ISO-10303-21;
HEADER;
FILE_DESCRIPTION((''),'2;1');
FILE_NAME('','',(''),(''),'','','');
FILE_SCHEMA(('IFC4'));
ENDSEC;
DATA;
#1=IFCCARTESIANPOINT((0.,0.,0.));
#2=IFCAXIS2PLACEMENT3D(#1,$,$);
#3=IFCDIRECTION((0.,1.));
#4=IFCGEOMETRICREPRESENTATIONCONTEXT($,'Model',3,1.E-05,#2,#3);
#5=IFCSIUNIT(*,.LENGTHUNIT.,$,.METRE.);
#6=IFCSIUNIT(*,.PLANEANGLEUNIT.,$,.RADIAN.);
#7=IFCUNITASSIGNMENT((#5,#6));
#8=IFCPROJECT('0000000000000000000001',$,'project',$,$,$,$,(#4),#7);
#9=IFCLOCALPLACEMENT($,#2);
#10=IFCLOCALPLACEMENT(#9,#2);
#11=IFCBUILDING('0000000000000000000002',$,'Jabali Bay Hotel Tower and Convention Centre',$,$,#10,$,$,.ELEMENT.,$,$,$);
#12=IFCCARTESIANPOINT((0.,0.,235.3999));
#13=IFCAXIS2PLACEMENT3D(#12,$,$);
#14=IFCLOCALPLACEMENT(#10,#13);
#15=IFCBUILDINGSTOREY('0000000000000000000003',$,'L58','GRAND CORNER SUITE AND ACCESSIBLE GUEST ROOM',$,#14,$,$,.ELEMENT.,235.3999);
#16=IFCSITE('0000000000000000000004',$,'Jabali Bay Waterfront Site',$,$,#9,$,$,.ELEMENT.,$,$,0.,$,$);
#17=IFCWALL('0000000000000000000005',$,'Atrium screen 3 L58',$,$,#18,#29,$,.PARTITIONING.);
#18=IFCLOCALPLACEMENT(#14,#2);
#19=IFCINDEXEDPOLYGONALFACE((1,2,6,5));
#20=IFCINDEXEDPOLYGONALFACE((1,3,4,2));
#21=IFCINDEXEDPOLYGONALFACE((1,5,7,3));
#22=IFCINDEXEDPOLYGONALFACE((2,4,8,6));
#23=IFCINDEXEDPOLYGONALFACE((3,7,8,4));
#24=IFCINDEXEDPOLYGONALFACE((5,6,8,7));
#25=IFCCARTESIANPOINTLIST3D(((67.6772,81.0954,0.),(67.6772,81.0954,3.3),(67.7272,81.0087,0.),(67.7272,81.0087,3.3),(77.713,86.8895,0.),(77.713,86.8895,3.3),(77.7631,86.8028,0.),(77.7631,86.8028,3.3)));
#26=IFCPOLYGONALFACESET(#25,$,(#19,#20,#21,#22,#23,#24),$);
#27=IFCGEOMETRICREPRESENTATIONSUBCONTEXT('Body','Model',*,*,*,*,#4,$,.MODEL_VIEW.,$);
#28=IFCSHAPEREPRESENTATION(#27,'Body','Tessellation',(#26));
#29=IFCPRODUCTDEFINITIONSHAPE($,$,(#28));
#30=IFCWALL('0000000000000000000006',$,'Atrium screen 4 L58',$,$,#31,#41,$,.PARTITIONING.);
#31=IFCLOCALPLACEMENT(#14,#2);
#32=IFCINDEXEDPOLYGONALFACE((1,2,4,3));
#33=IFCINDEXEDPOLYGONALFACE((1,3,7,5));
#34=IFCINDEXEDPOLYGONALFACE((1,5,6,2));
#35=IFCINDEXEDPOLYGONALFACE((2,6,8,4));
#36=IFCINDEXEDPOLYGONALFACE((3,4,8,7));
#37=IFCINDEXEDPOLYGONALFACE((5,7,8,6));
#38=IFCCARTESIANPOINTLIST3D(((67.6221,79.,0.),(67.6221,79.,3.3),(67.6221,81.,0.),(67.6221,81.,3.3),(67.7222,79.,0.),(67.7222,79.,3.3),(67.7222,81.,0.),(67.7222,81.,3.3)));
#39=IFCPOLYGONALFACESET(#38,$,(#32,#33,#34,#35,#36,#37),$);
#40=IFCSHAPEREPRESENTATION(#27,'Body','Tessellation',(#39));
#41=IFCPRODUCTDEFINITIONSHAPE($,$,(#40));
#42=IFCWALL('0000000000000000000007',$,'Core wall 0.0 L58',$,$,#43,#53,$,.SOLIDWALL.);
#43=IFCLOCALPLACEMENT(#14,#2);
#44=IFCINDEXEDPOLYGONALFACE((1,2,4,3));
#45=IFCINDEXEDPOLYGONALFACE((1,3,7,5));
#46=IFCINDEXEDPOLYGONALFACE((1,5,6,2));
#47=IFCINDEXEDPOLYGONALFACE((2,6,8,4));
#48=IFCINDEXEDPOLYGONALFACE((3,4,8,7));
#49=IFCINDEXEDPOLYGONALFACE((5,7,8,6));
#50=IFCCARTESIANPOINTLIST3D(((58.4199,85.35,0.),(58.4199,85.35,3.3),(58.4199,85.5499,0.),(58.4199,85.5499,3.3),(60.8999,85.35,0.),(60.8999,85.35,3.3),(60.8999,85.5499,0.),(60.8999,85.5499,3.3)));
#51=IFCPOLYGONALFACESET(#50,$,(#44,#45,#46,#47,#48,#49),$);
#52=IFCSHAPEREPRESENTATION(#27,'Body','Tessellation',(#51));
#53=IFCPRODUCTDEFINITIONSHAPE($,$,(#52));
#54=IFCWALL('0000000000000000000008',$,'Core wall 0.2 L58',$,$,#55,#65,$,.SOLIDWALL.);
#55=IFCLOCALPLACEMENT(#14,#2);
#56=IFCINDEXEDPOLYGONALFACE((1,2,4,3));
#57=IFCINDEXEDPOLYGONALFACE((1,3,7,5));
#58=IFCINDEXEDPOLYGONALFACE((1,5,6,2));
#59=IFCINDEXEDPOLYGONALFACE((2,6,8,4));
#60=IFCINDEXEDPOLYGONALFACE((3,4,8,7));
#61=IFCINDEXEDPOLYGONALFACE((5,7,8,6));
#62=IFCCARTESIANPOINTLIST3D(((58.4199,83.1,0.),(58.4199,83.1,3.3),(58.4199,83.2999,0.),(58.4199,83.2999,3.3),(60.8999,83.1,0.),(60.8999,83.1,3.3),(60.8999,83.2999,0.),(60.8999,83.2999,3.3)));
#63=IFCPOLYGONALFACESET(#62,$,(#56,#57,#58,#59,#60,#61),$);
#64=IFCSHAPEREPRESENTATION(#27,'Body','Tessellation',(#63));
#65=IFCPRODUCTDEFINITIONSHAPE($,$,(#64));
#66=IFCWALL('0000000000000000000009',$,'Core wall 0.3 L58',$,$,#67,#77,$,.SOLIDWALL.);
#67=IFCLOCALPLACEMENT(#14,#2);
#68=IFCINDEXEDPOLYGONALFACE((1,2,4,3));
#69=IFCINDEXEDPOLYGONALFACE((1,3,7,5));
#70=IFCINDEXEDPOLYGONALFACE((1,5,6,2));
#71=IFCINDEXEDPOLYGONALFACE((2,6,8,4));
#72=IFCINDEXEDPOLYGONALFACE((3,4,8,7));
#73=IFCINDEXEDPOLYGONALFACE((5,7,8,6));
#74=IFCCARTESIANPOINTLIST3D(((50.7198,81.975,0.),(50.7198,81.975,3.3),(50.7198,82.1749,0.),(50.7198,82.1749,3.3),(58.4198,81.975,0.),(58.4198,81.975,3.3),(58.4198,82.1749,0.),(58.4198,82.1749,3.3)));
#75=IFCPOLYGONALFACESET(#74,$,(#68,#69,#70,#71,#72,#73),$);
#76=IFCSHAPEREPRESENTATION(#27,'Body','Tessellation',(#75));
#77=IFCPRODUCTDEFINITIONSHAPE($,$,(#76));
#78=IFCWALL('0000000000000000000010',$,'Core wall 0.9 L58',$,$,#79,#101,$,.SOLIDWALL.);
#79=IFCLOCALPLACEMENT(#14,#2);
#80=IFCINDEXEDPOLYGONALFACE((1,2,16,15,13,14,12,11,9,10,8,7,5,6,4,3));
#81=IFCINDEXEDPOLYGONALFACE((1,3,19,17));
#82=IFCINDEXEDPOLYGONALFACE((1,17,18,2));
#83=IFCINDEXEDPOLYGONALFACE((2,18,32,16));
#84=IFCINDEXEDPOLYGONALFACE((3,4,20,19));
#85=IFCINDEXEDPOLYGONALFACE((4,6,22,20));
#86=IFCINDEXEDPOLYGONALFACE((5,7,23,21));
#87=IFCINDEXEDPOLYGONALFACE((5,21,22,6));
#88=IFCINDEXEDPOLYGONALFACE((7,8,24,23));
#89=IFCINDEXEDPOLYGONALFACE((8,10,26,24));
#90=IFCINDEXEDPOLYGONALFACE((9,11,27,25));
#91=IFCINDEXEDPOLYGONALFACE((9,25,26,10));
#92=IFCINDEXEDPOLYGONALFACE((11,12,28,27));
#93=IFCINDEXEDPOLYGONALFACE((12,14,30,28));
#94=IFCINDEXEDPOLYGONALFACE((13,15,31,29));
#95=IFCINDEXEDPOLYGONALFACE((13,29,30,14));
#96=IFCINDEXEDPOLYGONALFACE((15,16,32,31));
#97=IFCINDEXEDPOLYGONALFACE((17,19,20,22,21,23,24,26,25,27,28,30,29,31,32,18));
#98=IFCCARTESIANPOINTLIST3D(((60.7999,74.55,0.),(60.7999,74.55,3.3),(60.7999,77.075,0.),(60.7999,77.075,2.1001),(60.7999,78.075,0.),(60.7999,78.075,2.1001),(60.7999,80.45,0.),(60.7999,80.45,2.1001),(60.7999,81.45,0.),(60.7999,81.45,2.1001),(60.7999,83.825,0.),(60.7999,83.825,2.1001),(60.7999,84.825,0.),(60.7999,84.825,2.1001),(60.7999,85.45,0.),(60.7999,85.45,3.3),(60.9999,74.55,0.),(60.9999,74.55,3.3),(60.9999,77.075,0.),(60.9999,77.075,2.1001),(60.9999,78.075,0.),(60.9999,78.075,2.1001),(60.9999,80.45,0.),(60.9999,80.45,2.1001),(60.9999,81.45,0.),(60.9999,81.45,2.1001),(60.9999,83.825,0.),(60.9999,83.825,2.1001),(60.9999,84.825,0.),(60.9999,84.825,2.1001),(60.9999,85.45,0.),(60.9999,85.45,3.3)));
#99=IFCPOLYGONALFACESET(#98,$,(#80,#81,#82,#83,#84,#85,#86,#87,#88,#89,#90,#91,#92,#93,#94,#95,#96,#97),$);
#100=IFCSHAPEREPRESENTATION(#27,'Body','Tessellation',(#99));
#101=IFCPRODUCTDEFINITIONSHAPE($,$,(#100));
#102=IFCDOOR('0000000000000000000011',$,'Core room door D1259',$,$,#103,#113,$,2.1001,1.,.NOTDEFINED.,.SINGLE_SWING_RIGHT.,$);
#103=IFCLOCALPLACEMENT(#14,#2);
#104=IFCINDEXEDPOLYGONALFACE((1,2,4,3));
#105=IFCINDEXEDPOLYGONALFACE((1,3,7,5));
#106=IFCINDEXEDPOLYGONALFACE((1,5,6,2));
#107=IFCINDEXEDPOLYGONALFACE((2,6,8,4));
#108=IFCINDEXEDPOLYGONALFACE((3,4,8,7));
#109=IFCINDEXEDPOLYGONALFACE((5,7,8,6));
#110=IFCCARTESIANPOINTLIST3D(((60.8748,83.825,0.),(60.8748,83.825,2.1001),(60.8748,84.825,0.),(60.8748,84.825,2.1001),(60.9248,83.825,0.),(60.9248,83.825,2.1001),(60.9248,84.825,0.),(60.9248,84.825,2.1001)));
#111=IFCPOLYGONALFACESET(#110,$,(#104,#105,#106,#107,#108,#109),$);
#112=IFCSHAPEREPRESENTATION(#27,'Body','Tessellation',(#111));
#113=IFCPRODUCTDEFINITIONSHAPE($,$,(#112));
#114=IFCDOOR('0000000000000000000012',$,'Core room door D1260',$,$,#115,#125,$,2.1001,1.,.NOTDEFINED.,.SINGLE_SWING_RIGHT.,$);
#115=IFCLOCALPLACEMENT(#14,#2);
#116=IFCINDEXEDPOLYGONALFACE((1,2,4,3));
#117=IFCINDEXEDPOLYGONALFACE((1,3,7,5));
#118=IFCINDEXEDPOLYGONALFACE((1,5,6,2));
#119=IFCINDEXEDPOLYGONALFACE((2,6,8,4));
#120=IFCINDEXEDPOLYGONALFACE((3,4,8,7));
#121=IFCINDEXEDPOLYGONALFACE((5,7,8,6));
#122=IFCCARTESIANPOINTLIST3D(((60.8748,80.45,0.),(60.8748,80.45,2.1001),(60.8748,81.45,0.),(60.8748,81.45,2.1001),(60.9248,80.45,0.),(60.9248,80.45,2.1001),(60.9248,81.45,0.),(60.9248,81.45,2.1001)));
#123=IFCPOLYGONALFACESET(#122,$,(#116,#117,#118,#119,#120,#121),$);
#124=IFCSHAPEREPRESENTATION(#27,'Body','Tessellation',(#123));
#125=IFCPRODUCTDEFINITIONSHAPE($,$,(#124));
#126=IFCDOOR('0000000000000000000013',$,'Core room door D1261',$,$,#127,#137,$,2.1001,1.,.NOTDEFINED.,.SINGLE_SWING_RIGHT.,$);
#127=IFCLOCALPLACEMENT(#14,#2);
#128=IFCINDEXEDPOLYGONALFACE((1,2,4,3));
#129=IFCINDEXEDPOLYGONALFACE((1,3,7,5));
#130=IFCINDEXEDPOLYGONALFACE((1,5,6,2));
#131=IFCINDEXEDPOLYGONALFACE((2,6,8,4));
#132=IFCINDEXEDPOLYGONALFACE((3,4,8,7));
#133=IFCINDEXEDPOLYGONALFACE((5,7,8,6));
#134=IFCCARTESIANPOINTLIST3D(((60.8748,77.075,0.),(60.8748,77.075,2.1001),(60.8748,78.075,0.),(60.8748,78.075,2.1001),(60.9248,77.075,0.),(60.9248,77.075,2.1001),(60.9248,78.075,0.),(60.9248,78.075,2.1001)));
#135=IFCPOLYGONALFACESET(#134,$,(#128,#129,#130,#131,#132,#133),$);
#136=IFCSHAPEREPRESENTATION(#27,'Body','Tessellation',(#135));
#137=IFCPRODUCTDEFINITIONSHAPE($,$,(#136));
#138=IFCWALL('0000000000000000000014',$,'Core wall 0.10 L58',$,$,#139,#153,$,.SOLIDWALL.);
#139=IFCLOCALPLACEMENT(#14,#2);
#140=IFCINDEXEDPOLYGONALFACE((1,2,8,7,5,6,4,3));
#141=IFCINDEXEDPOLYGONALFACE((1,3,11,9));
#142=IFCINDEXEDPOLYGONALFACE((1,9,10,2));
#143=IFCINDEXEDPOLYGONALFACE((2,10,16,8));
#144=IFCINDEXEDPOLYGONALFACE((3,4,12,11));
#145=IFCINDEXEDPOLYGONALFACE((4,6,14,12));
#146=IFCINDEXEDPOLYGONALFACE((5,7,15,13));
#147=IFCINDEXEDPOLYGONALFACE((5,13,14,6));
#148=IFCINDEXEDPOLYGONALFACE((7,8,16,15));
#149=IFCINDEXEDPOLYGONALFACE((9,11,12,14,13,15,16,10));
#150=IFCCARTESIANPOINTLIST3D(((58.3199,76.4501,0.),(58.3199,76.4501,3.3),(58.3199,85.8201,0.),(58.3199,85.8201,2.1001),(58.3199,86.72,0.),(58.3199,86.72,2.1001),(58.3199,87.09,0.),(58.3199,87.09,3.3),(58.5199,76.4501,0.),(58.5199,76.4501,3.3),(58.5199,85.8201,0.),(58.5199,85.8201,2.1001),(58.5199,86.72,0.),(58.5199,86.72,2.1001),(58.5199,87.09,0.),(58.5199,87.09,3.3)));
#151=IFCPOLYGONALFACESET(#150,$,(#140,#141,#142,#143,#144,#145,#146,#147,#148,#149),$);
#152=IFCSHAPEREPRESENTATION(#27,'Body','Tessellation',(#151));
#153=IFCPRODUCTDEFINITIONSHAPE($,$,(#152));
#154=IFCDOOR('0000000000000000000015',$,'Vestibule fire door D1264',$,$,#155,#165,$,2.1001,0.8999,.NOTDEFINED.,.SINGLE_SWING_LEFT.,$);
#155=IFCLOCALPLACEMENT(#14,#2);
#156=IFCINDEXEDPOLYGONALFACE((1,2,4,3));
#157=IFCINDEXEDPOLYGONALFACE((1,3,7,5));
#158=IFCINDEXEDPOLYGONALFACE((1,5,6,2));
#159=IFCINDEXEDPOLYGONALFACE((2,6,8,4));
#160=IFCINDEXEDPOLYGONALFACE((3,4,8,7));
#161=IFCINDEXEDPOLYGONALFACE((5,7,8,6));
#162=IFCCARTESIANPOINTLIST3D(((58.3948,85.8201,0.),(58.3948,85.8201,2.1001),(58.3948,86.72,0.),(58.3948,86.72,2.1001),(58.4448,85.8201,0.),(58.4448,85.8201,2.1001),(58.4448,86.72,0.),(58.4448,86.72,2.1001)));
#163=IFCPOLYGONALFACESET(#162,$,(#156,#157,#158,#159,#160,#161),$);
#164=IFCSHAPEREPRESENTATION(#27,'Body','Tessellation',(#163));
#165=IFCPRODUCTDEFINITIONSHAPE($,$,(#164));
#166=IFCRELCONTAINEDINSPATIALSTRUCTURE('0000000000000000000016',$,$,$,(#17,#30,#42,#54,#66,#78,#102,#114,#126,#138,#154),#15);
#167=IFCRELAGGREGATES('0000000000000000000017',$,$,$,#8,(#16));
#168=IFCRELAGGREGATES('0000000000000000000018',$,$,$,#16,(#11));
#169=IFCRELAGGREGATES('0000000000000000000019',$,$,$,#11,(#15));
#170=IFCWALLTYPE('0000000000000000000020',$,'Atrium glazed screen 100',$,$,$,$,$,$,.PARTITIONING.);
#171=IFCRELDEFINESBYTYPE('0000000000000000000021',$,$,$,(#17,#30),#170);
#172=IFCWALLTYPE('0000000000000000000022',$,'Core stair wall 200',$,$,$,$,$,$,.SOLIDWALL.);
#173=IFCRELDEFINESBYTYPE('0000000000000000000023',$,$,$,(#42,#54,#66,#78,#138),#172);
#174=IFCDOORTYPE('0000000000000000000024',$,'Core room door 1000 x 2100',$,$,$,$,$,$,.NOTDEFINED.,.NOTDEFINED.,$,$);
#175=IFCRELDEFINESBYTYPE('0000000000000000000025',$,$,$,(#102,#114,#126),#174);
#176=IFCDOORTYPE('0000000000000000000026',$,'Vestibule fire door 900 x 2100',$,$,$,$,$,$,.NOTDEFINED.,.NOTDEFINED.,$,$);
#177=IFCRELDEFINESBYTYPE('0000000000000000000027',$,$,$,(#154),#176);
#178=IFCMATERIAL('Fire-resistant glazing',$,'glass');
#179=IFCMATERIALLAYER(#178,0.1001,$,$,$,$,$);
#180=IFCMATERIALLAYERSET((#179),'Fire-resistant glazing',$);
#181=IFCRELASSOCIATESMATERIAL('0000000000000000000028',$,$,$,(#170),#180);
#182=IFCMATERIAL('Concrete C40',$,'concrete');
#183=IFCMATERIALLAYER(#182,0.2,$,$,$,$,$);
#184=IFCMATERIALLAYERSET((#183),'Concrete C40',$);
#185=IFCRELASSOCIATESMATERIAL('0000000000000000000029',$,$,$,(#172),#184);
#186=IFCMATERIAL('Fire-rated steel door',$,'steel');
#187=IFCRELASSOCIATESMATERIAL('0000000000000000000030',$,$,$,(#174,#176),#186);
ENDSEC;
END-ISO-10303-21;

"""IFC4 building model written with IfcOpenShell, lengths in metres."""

from ifc_helpers import new_model, si_unit, direction, frame, frame_2d, origin, place, context, subcontext, project, spatial, rectangle, extrude, material, layer, layer_set, type_object, element, fill, save


model = new_model("IFC4")

# Units and contexts
model_context = context("Model", 3, precision=1e-05, world=origin(), true_north=direction((0.0, 1.0)))
body_context = subcontext(model_context, "Body", "Model", "MODEL_VIEW")
ifc_project = project(units=[si_unit("LENGTHUNIT", "METRE"), si_unit("PLANEANGLEUNIT", "RADIAN")], contexts=[model_context])

# Site, building, storey
site_placement = place(None, origin())
site = spatial("IfcSite", under=ifc_project, at=site_placement, Name="Jabali Bay Waterfront Site", CompositionType="ELEMENT", RefElevation=0.0)
building_placement = place(site_placement, origin())
building = spatial("IfcBuilding", under=site, at=building_placement, Name="Jabali Bay Hotel Tower and Convention Centre", CompositionType="ELEMENT")
storey_placement = place(building_placement, frame((0.0, 0.0, 235.3999)))
storey = spatial("IfcBuildingStorey", under=building, at=storey_placement, Name="L58", Description="GRAND CORNER SUITE AND ACCESSIBLE GUEST ROOM", CompositionType="ELEMENT", Elevation=235.3999)

# Walls
ifc_material_1 = material(Name="Fire-resistant glazing", Category="glass")
ifc_layer_1 = layer(ifc_material_1, 0.1001)
ifc_layer_set_1 = layer_set([ifc_layer_1], Name="Fire-resistant glazing")
wall_type_1 = type_object("IfcWallType", Name="Atrium glazed screen 100", PredefinedType="PARTITIONING", material=ifc_layer_set_1)
wall_1_placement = place(storey_placement, frame((77.738, 86.8462, 0.0), z_axis=(0.0, 0.0, 1.0), x_axis=(-0.866027, -0.499998, 0.0)))
element("IfcWall", 1, at=wall_1_placement, inside=storey, type_object=wall_type_1, Name="Atrium screen 3 L58", PredefinedType="PARTITIONING", context=body_context, shape_type="SweptSolid", body=[
    extrude(rectangle(XDim=11.5884, YDim=0.1001, at=frame_2d((5.7942, 0.0))), origin(), (0.0, 0.0, 1.0), 3.3),
])
wall_2_placement = place(storey_placement, frame((67.6721, 81.0, 0.0), z_axis=(0.0, 0.0, 1.0), x_axis=(0.0, -1.0, 0.0)))
element("IfcWall", 2, at=wall_2_placement, inside=storey, type_object=wall_type_1, Name="Atrium screen 4 L58", PredefinedType="PARTITIONING", context=body_context, shape_type="SweptSolid", body=[
    extrude(rectangle(XDim=2.0, YDim=0.1001, at=frame_2d((1.0, 0.0))), origin(), (0.0, 0.0, 1.0), 3.3),
])
ifc_material_2 = material(Name="Concrete C40", Category="concrete")
ifc_layer_2 = layer(ifc_material_2, 0.2)
ifc_layer_set_2 = layer_set([ifc_layer_2], Name="Concrete C40")
wall_type_2 = type_object("IfcWallType", Name="Core stair wall 200", PredefinedType="SOLIDWALL", material=ifc_layer_set_2)
for number, where, z_axis, x_axis, name in (
    (3, (60.8999, 85.45, 0.0), (0.0, 0.0, 1.0), (-1.0, 0.0, 0.0), "Core wall 0.0 L58"),
    (4, (60.8999, 83.2, 0.0), (0.0, 0.0, 1.0), (-1.0, 0.0, 0.0), "Core wall 0.2 L58"),
):
    element("IfcWall", number, at=place(storey_placement, frame(where, z_axis=z_axis, x_axis=x_axis)), inside=storey, type_object=wall_type_2, Name=name, PredefinedType="SOLIDWALL", context=body_context, shape_type="SweptSolid", body=[
        extrude(rectangle(XDim=2.48, YDim=0.2, at=frame_2d((1.24, 0.0))), origin(), (0.0, 0.0, 1.0), 3.3),
    ])
wall_3_placement = place(storey_placement, frame((58.4199, 82.075, 0.0), z_axis=(0.0, 0.0, 1.0), x_axis=(-1.0, 0.0, 0.0)))
element("IfcWall", 5, at=wall_3_placement, inside=storey, type_object=wall_type_2, Name="Core wall 0.3 L58", PredefinedType="SOLIDWALL", context=body_context, shape_type="SweptSolid", body=[
    extrude(rectangle(XDim=7.7, YDim=0.2, at=frame_2d((3.8501, 0.0))), origin(), (0.0, 0.0, 1.0), 3.3),
])

# Wall, openings, doors
wall_4_placement = place(storey_placement, frame((60.8999, 85.45, 0.0), z_axis=(0.0, 0.0, 1.0), x_axis=(0.0, -1.0, 0.0)))
wall_4 = element("IfcWall", 6, at=wall_4_placement, inside=storey, type_object=wall_type_2, Name="Core wall 0.9 L58", PredefinedType="SOLIDWALL", context=body_context, shape_type="SweptSolid", body=[
    extrude(rectangle(XDim=10.8999, YDim=0.2, at=frame_2d((5.45, 0.0))), origin(), (0.0, 0.0, 1.0), 3.3),
])
opening_1_placement = place(wall_4_placement, frame((0.625, 0.0, 0.0)))
opening_1 = element("IfcOpeningElement", 7, at=opening_1_placement, cuts=wall_4, PredefinedType="OPENING", context=body_context, shape_type="SweptSolid", body=[
    extrude(rectangle(XDim=1.0, YDim=2.1001, at=frame_2d((0.5, 1.05))), frame((0.0, 0.1104, 0.0), z_axis=(0.0, -1.0, 0.0), x_axis=(1.0, 0.0, 0.0)), (0.0, 0.0, 1.0), 0.2209),
])
opening_2_placement = place(wall_4_placement, frame((4.0, 0.0, 0.0)))
opening_2 = element("IfcOpeningElement", 8, at=opening_2_placement, cuts=wall_4, PredefinedType="OPENING", context=body_context, shape_type="SweptSolid", body=[
    extrude(rectangle(XDim=1.0, YDim=2.1001, at=frame_2d((0.5, 1.05))), frame((0.0, 0.1104, 0.0), z_axis=(0.0, -1.0, 0.0), x_axis=(1.0, 0.0, 0.0)), (0.0, 0.0, 1.0), 0.2209),
])
opening_3_placement = place(wall_4_placement, frame((7.375, 0.0, 0.0)))
opening_3 = element("IfcOpeningElement", 9, at=opening_3_placement, cuts=wall_4, PredefinedType="OPENING", context=body_context, shape_type="SweptSolid", body=[
    extrude(rectangle(XDim=1.0, YDim=2.1001, at=frame_2d((0.5, 1.05))), frame((0.0, 0.1104, 0.0), z_axis=(0.0, -1.0, 0.0), x_axis=(1.0, 0.0, 0.0)), (0.0, 0.0, 1.0), 0.2209),
])
ifc_material_3 = material(Name="Fire-rated steel door", Category="steel")
door_type_1 = type_object("IfcDoorType", Name="Core room door 1000 x 2100", OperationType="NOTDEFINED", PredefinedType="NOTDEFINED", material=ifc_material_3)
door_1_placement = place(opening_1_placement, origin())
door_1 = element("IfcDoor", 10, at=door_1_placement, inside=storey, type_object=door_type_1, Name="Core room door D1259", OperationType="SINGLE_SWING_RIGHT", OverallHeight=2.1001, OverallWidth=1.0, PredefinedType="NOTDEFINED", context=body_context, shape_type="SweptSolid", body=[
    extrude(rectangle(XDim=1.0, YDim=2.1001, at=frame_2d((0.5, 1.05))), frame((0.0, 0.0249, 0.0), z_axis=(0.0, -1.0, 0.0), x_axis=(1.0, 0.0, 0.0)), (0.0, 0.0, 1.0), 0.05),
])
fill(opening_1, door_1)
door_2_placement = place(opening_2_placement, origin())
door_2 = element("IfcDoor", 11, at=door_2_placement, inside=storey, type_object=door_type_1, Name="Core room door D1260", OperationType="SINGLE_SWING_RIGHT", OverallHeight=2.1001, OverallWidth=1.0, PredefinedType="NOTDEFINED", context=body_context, shape_type="SweptSolid", body=[
    extrude(rectangle(XDim=1.0, YDim=2.1001, at=frame_2d((0.5, 1.05))), frame((0.0, 0.0249, 0.0), z_axis=(0.0, -1.0, 0.0), x_axis=(1.0, 0.0, 0.0)), (0.0, 0.0, 1.0), 0.05),
])
fill(opening_2, door_2)
door_3_placement = place(opening_3_placement, origin())
door_3 = element("IfcDoor", 12, at=door_3_placement, inside=storey, type_object=door_type_1, Name="Core room door D1261", OperationType="SINGLE_SWING_RIGHT", OverallHeight=2.1001, OverallWidth=1.0, PredefinedType="NOTDEFINED", context=body_context, shape_type="SweptSolid", body=[
    extrude(rectangle(XDim=1.0, YDim=2.1001, at=frame_2d((0.5, 1.05))), frame((0.0, 0.0249, 0.0), z_axis=(0.0, -1.0, 0.0), x_axis=(1.0, 0.0, 0.0)), (0.0, 0.0, 1.0), 0.05),
])
fill(opening_3, door_3)

# Wall, opening, door
wall_5_placement = place(storey_placement, frame((58.4199, 87.0898, 0.0), z_axis=(0.0, 0.0, 1.0), x_axis=(0.0, -1.0, 0.0)))
wall_5 = element("IfcWall", 13, at=wall_5_placement, inside=storey, type_object=wall_type_2, Name="Core wall 0.10 L58", PredefinedType="SOLIDWALL", context=body_context, shape_type="SweptSolid", body=[
    extrude(rectangle(XDim=10.6399, YDim=0.2, at=frame_2d((5.3198, 0.0))), origin(), (0.0, 0.0, 1.0), 3.3),
])
opening_4_placement = place(wall_5_placement, frame((0.3699, 0.0, 0.0)))
opening_4 = element("IfcOpeningElement", 14, at=opening_4_placement, cuts=wall_5, PredefinedType="OPENING", context=body_context, shape_type="SweptSolid", body=[
    extrude(rectangle(XDim=0.8999, YDim=2.1001, at=frame_2d((0.45, 1.05))), frame((0.0, 0.1104, 0.0), z_axis=(0.0, -1.0, 0.0), x_axis=(1.0, 0.0, 0.0)), (0.0, 0.0, 1.0), 0.2209),
])
door_type_2 = type_object("IfcDoorType", Name="Vestibule fire door 900 x 2100", OperationType="NOTDEFINED", PredefinedType="NOTDEFINED", material=ifc_material_3)
door_4_placement = place(opening_4_placement, origin())
door_4 = element("IfcDoor", 15, at=door_4_placement, inside=storey, type_object=door_type_2, Name="Vestibule fire door D1264", OperationType="SINGLE_SWING_LEFT", OverallHeight=2.1001, OverallWidth=0.8999, PredefinedType="NOTDEFINED", context=body_context, shape_type="SweptSolid", body=[
    extrude(rectangle(XDim=0.8999, YDim=2.1001, at=frame_2d((0.45, 1.05))), frame((0.0, 0.0249, 0.0), z_axis=(0.0, -1.0, 0.0), x_axis=(1.0, 0.0, 0.0)), (0.0, 0.0, 1.0), 0.05),
])
fill(opening_4, door_4)

save(model, "model.ifc")
